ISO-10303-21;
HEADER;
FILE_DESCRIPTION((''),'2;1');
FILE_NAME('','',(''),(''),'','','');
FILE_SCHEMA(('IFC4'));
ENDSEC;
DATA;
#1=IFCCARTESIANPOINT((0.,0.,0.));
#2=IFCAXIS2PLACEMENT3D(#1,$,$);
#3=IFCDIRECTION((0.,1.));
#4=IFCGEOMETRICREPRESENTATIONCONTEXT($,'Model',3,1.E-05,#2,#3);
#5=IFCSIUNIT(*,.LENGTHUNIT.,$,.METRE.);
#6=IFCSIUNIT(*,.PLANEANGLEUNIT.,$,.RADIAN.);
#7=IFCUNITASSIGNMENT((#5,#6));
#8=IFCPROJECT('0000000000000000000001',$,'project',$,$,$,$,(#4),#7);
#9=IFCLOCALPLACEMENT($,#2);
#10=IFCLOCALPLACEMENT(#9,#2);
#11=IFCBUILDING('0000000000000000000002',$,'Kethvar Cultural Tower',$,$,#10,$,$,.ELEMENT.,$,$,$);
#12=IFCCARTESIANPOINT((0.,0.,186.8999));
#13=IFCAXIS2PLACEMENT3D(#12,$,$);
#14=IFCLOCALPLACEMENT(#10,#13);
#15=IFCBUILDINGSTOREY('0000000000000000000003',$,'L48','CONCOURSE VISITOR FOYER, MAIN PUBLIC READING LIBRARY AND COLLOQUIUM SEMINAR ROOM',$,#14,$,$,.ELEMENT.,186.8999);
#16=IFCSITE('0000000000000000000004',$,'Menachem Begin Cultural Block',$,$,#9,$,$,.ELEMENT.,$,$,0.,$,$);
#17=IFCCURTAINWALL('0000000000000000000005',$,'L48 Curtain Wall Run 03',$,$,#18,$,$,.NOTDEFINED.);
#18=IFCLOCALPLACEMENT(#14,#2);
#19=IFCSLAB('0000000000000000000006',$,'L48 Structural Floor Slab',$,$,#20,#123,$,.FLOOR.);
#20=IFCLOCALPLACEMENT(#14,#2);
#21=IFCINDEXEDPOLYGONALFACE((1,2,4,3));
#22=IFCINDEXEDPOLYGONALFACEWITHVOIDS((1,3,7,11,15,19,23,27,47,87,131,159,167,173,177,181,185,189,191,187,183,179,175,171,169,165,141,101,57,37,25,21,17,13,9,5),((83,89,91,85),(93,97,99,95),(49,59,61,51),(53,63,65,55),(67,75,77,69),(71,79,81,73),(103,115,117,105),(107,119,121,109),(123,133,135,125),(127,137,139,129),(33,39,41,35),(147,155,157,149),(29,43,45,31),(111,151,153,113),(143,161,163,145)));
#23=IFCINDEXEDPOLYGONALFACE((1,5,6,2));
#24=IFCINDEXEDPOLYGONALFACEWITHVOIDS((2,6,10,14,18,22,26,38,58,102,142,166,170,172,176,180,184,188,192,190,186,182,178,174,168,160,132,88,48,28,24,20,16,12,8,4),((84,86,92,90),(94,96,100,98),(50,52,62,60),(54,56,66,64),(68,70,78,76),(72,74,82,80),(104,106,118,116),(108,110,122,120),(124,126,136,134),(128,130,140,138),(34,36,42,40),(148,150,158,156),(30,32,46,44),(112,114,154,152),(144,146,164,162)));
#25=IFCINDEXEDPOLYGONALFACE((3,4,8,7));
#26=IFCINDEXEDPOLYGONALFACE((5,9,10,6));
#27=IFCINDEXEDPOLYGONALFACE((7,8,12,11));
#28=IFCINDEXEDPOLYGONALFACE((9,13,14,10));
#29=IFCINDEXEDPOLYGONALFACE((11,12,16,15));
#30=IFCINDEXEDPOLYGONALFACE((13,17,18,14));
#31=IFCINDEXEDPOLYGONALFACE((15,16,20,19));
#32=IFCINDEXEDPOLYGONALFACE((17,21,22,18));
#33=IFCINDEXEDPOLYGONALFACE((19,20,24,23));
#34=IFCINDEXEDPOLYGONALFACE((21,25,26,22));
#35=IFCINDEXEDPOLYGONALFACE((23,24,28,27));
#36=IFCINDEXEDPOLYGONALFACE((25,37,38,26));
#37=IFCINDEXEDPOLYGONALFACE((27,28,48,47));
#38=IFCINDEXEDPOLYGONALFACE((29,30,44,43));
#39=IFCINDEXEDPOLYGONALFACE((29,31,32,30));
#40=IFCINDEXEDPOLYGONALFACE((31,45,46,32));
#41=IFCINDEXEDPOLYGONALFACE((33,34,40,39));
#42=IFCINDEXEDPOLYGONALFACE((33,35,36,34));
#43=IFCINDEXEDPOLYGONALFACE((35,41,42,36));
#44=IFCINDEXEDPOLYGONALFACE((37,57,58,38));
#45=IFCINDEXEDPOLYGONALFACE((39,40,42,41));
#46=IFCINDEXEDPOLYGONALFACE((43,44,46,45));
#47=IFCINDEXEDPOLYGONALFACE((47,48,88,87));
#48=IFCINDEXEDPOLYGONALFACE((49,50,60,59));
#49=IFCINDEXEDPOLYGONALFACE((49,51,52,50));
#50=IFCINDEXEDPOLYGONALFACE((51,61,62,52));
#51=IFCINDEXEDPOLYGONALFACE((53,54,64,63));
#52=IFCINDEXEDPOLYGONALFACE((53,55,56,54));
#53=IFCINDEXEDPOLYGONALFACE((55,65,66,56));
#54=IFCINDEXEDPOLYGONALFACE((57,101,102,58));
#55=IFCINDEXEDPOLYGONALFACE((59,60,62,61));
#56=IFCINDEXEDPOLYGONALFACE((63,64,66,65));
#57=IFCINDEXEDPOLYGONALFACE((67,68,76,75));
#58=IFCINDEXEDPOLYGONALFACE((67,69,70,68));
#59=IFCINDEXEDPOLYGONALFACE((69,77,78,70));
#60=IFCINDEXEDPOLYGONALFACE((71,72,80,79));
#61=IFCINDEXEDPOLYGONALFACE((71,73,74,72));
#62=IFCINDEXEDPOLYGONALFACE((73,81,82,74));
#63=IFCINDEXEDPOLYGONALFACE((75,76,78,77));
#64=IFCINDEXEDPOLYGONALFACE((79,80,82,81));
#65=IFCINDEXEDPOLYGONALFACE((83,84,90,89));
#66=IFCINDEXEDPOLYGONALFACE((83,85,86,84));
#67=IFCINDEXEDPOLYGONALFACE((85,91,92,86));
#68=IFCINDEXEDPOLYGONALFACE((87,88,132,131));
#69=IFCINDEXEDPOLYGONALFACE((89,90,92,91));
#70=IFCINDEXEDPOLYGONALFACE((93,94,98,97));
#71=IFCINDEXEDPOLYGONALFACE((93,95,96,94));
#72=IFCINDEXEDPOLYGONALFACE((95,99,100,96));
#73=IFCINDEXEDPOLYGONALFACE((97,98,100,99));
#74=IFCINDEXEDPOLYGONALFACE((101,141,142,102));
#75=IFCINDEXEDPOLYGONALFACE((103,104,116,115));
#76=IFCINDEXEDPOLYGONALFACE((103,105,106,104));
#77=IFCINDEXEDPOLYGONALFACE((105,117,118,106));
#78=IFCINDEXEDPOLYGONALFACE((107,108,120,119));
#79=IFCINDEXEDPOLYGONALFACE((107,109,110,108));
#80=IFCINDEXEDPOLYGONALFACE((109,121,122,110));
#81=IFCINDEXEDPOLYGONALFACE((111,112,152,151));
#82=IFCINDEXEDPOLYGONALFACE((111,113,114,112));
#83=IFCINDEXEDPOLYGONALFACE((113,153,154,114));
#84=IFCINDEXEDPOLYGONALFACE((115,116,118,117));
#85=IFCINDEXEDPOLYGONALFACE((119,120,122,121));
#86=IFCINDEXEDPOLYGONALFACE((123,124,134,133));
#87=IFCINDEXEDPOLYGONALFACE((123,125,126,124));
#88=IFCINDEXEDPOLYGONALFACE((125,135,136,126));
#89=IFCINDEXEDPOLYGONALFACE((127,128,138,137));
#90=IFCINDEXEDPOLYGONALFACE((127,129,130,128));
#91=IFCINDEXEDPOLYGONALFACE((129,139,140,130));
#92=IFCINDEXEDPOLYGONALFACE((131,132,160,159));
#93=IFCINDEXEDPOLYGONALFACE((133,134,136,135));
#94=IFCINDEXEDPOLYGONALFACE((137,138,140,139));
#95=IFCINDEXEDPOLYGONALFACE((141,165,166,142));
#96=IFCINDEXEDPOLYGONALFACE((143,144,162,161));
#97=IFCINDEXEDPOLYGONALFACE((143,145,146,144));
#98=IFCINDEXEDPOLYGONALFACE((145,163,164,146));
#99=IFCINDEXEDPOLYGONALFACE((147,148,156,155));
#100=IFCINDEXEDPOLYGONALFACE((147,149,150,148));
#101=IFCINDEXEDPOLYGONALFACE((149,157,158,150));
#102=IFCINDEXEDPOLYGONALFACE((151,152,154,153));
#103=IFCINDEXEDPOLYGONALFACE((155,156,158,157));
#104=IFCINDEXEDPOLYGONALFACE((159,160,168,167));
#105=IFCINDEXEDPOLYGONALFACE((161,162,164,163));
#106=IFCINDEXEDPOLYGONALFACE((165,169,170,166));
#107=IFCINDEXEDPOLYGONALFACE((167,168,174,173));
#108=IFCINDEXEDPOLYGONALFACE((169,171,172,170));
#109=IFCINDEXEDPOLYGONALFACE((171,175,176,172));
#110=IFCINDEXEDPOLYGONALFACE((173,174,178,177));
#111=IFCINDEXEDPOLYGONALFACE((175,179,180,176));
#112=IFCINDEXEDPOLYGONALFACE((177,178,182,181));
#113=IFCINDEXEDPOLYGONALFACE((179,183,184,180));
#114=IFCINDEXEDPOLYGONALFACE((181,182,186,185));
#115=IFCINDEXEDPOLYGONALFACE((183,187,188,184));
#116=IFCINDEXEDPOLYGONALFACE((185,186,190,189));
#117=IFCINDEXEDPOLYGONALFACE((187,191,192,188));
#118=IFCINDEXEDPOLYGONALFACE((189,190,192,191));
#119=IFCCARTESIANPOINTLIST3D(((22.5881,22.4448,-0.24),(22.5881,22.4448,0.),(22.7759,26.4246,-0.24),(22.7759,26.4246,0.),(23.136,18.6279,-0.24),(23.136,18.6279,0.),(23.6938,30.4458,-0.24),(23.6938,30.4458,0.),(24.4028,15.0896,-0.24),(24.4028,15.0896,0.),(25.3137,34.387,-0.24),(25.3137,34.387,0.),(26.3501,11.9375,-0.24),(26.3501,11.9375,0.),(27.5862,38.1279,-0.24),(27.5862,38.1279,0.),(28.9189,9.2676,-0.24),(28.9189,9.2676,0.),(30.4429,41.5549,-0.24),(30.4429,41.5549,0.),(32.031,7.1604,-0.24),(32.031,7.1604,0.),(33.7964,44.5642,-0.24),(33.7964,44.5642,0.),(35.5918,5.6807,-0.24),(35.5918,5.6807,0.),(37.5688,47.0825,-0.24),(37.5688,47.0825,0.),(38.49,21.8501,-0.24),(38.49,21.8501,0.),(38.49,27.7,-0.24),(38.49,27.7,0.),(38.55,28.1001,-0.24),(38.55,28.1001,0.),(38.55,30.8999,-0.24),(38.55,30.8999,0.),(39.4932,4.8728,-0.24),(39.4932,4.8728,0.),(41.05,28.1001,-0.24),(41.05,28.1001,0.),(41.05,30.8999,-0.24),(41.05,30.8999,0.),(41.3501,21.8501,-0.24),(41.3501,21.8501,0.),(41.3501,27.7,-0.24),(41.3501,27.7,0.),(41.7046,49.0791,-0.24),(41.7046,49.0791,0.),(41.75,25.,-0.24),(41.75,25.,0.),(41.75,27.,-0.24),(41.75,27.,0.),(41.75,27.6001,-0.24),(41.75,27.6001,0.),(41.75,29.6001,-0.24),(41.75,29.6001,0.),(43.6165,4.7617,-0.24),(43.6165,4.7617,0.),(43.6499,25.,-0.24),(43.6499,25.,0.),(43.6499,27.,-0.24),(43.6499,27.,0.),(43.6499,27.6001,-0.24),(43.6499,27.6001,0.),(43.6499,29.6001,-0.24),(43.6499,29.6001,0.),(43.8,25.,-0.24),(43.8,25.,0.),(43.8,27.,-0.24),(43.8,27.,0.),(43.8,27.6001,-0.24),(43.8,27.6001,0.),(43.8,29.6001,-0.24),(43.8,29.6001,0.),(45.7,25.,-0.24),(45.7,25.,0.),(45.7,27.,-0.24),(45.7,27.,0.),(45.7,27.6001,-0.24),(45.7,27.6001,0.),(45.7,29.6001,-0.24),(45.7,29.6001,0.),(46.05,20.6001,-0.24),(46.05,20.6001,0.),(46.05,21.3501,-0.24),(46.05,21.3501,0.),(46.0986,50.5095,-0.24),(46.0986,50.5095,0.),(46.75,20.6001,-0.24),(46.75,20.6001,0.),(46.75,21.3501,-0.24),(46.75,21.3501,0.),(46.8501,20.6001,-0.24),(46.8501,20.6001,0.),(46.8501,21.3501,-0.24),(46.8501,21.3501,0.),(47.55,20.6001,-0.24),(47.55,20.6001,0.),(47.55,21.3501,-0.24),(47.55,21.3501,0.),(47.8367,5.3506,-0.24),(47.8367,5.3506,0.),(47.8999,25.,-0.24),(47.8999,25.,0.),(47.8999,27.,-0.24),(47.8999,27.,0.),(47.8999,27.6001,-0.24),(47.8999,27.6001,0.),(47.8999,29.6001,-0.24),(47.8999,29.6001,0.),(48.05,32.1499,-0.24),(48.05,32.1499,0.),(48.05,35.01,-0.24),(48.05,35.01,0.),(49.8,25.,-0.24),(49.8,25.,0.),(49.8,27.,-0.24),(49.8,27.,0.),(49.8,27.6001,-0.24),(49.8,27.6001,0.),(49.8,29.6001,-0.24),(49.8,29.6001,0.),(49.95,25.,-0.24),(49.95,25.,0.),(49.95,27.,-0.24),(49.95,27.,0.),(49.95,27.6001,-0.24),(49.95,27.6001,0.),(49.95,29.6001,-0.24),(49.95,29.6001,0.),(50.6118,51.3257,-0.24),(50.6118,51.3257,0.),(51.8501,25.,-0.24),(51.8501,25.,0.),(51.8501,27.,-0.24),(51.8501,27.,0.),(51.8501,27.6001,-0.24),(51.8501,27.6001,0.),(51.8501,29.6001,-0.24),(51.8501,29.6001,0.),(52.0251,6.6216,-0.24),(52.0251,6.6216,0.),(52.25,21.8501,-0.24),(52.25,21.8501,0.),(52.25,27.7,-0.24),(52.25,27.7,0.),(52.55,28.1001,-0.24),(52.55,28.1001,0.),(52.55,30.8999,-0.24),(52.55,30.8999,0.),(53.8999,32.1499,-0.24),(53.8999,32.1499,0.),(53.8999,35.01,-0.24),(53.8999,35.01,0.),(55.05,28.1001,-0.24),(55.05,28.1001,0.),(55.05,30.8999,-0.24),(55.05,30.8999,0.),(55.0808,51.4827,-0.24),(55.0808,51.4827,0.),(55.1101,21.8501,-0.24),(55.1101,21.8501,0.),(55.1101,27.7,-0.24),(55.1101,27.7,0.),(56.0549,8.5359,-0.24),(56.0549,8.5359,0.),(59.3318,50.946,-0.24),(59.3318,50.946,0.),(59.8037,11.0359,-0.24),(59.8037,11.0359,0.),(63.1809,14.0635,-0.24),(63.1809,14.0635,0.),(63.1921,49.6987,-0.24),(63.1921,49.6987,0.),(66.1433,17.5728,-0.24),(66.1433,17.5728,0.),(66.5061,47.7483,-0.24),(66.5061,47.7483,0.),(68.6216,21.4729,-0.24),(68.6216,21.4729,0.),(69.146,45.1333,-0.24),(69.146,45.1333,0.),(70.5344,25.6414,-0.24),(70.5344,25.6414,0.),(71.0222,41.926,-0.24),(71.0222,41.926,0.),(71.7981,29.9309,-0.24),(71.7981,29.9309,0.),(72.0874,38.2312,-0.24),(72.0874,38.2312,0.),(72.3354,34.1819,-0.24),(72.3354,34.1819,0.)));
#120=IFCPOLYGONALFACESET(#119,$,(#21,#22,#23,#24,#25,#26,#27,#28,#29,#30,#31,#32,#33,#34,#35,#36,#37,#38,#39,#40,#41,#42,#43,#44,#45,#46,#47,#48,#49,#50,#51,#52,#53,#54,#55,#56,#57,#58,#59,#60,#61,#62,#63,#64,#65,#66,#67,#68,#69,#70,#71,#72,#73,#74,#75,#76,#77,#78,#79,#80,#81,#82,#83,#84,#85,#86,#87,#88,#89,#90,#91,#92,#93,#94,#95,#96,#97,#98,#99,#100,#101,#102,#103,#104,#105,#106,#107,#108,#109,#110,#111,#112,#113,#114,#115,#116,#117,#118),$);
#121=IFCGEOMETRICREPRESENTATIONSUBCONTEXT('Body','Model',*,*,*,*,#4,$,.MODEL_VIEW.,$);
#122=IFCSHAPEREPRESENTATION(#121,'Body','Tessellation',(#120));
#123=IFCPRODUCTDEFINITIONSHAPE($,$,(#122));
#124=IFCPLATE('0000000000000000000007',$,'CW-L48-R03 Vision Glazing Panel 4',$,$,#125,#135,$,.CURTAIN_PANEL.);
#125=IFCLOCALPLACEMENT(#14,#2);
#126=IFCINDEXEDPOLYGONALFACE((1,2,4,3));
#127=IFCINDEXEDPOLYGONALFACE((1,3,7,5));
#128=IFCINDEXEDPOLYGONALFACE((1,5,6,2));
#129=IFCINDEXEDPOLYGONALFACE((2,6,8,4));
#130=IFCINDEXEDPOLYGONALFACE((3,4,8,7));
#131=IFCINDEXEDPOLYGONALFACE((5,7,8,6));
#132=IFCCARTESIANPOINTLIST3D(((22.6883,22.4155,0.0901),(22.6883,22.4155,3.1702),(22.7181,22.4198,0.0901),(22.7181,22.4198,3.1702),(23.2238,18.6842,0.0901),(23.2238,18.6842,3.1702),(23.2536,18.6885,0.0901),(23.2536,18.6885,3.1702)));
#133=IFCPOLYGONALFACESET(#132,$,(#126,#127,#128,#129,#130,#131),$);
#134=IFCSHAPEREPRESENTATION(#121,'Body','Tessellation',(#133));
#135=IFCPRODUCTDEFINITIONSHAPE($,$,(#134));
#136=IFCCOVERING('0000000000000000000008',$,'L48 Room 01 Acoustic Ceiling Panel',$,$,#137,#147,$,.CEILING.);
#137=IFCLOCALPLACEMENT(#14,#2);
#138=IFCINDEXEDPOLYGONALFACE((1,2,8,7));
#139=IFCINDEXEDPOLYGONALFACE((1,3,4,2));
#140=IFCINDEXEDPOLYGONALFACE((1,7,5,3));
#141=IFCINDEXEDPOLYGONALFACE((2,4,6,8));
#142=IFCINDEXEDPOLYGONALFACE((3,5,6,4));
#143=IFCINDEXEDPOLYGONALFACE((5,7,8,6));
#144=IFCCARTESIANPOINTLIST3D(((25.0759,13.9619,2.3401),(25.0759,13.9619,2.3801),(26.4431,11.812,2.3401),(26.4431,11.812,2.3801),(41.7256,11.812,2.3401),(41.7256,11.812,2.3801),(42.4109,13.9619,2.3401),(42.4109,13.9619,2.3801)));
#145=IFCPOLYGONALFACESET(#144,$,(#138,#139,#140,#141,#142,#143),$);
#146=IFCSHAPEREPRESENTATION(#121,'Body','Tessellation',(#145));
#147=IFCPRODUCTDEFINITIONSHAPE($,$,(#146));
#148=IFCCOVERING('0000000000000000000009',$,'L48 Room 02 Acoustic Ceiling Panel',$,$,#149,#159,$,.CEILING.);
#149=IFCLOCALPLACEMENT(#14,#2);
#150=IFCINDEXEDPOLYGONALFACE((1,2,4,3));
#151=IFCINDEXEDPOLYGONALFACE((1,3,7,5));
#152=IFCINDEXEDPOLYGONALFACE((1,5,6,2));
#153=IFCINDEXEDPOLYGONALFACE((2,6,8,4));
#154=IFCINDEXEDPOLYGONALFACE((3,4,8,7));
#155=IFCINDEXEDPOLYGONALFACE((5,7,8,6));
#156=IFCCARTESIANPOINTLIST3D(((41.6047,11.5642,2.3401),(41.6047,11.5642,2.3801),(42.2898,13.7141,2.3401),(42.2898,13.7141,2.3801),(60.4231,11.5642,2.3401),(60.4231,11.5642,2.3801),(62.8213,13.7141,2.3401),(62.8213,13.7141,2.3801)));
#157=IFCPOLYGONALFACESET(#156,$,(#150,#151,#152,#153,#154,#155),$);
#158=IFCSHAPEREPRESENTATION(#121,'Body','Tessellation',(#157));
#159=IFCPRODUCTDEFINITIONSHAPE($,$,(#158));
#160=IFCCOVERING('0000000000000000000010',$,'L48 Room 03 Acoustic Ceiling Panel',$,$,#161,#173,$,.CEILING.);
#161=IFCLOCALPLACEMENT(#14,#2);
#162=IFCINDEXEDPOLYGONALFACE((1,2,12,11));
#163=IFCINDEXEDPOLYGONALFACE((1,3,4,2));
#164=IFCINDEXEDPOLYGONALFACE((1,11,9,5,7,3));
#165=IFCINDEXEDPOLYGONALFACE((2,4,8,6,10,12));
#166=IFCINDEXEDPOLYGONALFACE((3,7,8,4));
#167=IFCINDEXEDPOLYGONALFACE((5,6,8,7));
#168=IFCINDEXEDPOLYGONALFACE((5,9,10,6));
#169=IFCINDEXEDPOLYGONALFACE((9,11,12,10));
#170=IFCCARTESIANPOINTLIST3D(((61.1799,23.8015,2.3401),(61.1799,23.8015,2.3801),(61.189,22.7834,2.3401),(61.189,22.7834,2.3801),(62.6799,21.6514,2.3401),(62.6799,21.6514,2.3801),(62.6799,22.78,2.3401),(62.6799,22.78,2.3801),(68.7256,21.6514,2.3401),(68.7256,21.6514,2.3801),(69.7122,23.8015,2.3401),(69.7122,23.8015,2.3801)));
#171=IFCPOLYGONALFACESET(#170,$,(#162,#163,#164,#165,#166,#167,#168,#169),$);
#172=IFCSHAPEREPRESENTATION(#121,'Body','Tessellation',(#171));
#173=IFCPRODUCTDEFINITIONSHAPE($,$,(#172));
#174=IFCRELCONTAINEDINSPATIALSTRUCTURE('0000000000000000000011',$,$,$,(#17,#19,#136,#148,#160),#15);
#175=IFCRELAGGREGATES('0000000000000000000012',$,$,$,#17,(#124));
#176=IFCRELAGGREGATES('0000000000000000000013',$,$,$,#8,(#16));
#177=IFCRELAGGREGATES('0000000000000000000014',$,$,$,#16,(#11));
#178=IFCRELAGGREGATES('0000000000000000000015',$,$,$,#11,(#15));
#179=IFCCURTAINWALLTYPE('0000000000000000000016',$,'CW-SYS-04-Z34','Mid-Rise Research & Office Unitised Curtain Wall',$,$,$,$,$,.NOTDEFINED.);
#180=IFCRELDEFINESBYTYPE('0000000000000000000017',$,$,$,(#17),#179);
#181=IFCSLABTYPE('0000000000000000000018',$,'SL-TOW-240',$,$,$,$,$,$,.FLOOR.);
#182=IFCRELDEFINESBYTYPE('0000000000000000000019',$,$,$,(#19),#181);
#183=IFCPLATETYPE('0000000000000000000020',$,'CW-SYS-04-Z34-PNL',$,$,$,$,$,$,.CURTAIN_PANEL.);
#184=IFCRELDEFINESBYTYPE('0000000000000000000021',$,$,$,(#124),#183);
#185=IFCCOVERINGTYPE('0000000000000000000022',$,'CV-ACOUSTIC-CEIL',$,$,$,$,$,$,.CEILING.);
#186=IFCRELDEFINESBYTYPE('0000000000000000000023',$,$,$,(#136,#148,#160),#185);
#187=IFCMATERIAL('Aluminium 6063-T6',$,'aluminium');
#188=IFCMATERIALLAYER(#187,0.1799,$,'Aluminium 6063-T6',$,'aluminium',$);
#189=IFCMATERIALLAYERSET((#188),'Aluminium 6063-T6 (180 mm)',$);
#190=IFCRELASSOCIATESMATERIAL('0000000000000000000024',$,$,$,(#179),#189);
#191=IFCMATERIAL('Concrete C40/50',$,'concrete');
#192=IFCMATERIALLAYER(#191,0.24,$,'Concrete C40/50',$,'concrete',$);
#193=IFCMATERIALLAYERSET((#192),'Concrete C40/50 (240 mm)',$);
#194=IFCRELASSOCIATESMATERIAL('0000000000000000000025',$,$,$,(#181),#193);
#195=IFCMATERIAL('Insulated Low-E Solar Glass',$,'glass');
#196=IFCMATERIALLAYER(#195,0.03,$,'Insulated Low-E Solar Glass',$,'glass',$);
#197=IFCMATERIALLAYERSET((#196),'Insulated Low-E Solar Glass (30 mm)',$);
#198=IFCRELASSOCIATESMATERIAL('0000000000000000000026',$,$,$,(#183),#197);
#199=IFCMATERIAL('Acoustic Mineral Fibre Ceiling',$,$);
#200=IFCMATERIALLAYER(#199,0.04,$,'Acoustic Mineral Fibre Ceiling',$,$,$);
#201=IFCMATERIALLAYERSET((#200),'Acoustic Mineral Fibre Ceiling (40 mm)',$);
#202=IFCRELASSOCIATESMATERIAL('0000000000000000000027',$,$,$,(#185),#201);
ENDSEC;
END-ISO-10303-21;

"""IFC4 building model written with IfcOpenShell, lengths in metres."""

from ifc_helpers import new_model, si_unit, direction, frame, origin, origin_2d, place, context, subcontext, project, spatial, polyline, rectangle, outline, extrude, source, transform, mapped, material, layer, layer_set, type_object, element, aggregate, save


model = new_model("IFC4")

# Units and contexts
model_context = context("Model", 3, precision=1e-05, world=origin(), true_north=direction((0.0, 1.0)))
body_context = subcontext(model_context, "Body", "Model", "MODEL_VIEW")
ifc_project = project(units=[si_unit("LENGTHUNIT", "METRE"), si_unit("PLANEANGLEUNIT", "RADIAN")], contexts=[model_context])

# Site, building, storey
site_placement = place(None, origin())
site = spatial("IfcSite", under=ifc_project, at=site_placement, Name="Menachem Begin Cultural Block", CompositionType="ELEMENT", RefElevation=0.0)
building_placement = place(site_placement, origin())
building = spatial("IfcBuilding", under=site, at=building_placement, Name="Kethvar Cultural Tower", CompositionType="ELEMENT")
storey_placement = place(building_placement, frame((0.0, 0.0, 186.8999)))
storey = spatial("IfcBuildingStorey", under=building, at=storey_placement, Name="L48", Description="CONCOURSE VISITOR FOYER, MAIN PUBLIC READING LIBRARY AND COLLOQUIUM SEMINAR ROOM", CompositionType="ELEMENT", Elevation=186.8999)

# Curtain wall
ifc_material_1 = material(Name="Aluminium 6063-T6", Category="aluminium")
ifc_layer_1 = layer(ifc_material_1, 0.1799, Name="Aluminium 6063-T6", Category="aluminium")
ifc_layer_set_1 = layer_set([ifc_layer_1], Name="Aluminium 6063-T6 (180 mm)")
curtain_wall_type = type_object("IfcCurtainWallType", Name="CW-SYS-04-Z34", Description="Mid-Rise Research & Office Unitised Curtain Wall", PredefinedType="NOTDEFINED", material=ifc_layer_set_1)
curtain_wall_placement = place(storey_placement, origin())
curtain_wall = element("IfcCurtainWall", 1, at=curtain_wall_placement, inside=storey, type_object=curtain_wall_type, Name="L48 Curtain Wall Run 03", PredefinedType="NOTDEFINED")

# Shared definitions
ifc_material_2 = material(Name="Concrete C40/50", Category="concrete")

# Slab
ifc_layer_2 = layer(ifc_material_2, 0.24, Name="Concrete C40/50", Category="concrete")
ifc_layer_set_2 = layer_set([ifc_layer_2], Name="Concrete C40/50 (240 mm)")
slab_type_1 = type_object("IfcSlabType", Name="SL-TOW-240", PredefinedType="FLOOR", material=ifc_layer_set_2)
slab_1_placement = place(storey_placement, frame((0.0, 0.0, -0.24)))
element("IfcSlab", 2, at=slab_1_placement, inside=storey, type_object=slab_type_1, Name="L48 Structural Floor Slab", PredefinedType="FLOOR", context=body_context, shape_type="SweptSolid", body=[
    extrude(outline(polyline([(69.146, 45.1333), (66.5061, 47.7483), (63.1921, 49.6987), (59.3318, 50.946), (55.0808, 51.4827), (50.6118, 51.3257), (46.0986, 50.5095), (41.7046, 49.0791), (37.5688, 47.0825), (33.7964, 44.5642), (30.4429, 41.5549), (27.5862, 38.1279), (25.3137, 34.387), (23.6938, 30.4458), (22.7759, 26.4246), (22.5881, 22.4448), (23.136, 18.6279), (24.4028, 15.0896), (26.3501, 11.9375), (28.9189, 9.2676), (32.031, 7.1604), (35.5918, 5.6807), (39.4932, 4.8728), (43.6165, 4.7617), (47.8367, 5.3506), (52.0251, 6.6216), (56.0549, 8.5359), (59.8037, 11.0359), (63.1809, 14.0635), (66.1433, 17.5728), (68.6216, 21.4729), (70.5344, 25.6414), (71.7981, 29.9309), (72.3354, 34.1819), (72.0874, 38.2312), (71.0222, 41.926), (69.146, 45.1333)]), holes=[polyline([(38.49, 21.8501), (38.49, 27.7), (41.3501, 27.7), (41.3501, 21.8501), (38.49, 21.8501)]), polyline([(52.25, 21.8501), (52.25, 27.7), (55.1101, 27.7), (55.1101, 21.8501), (52.25, 21.8501)]), polyline([(53.8999, 32.1499), (48.05, 32.1499), (48.05, 35.01), (53.8999, 35.01), (53.8999, 32.1499)]), polyline([(41.75, 27.0), (43.6499, 27.0), (43.6499, 25.0), (41.75, 25.0), (41.75, 27.0)]), polyline([(43.8, 27.0), (45.7, 27.0), (45.7, 25.0), (43.8, 25.0), (43.8, 27.0)]), polyline([(47.8999, 27.0), (49.8, 27.0), (49.8, 25.0), (47.8999, 25.0), (47.8999, 27.0)]), polyline([(49.95, 27.0), (51.8501, 27.0), (51.8501, 25.0), (49.95, 25.0), (49.95, 27.0)]), polyline([(41.75, 29.6001), (43.6499, 29.6001), (43.6499, 27.6001), (41.75, 27.6001), (41.75, 29.6001)]), polyline([(43.8, 29.6001), (45.7, 29.6001), (45.7, 27.6001), (43.8, 27.6001), (43.8, 29.6001)]), polyline([(47.8999, 29.6001), (49.8, 29.6001), (49.8, 27.6001), (47.8999, 27.6001), (47.8999, 29.6001)]), polyline([(49.95, 29.6001), (51.8501, 29.6001), (51.8501, 27.6001), (49.95, 27.6001), (49.95, 29.6001)]), polyline([(38.55, 30.8999), (41.05, 30.8999), (41.05, 28.1001), (38.55, 28.1001), (38.55, 30.8999)]), polyline([(52.55, 30.8999), (55.05, 30.8999), (55.05, 28.1001), (52.55, 28.1001), (52.55, 30.8999)]), polyline([(46.05, 21.3501), (46.75, 21.3501), (46.75, 20.6001), (46.05, 20.6001), (46.05, 21.3501)]), polyline([(46.8501, 21.3501), (47.55, 21.3501), (47.55, 20.6001), (46.8501, 20.6001), (46.8501, 21.3501)])]), origin(), (0.0, 0.0, 1.0), 0.24),
])

# Plate
ifc_material_3 = material(Name="Insulated Low-E Solar Glass", Category="glass")
ifc_layer_3 = layer(ifc_material_3, 0.03, Name="Insulated Low-E Solar Glass", Category="glass")
ifc_layer_set_3 = layer_set([ifc_layer_3], Name="Insulated Low-E Solar Glass (30 mm)")
plate_type = type_object("IfcPlateType", Name="CW-SYS-04-Z34-PNL", PredefinedType="CURTAIN_PANEL", material=ifc_layer_set_3)
shared_shape_1 = source(origin(), body_context, "Body", "SweptSolid", [
    extrude(rectangle(XDim=3.7695, YDim=0.03, at=origin_2d()), origin(), (0.0, 0.0, 1.0), 3.0801),
])
plate_placement = place(storey_placement, frame((22.9709, 20.552, 0.0901), z_axis=(0.0, 0.0, 1.0), x_axis=(0.142059, -0.989858, 0.0)))
plate = element("IfcPlate", 3, at=plate_placement, type_object=plate_type, Name="CW-L48-R03 Vision Glazing Panel 4", PredefinedType="CURTAIN_PANEL", context=body_context, shape_type="MappedRepresentation", body=[
    mapped(shared_shape_1, transform((0.0, 0.0, 0.0), scale=1.0)),
])
aggregate(curtain_wall, [plate])

# Coverings
ifc_material_4 = material(Name="Acoustic Mineral Fibre Ceiling")
ifc_layer_4 = layer(ifc_material_4, 0.04, Name="Acoustic Mineral Fibre Ceiling")
ifc_layer_set_4 = layer_set([ifc_layer_4], Name="Acoustic Mineral Fibre Ceiling (40 mm)")
covering_type_1 = type_object("IfcCoveringType", Name="CV-ACOUSTIC-CEIL", PredefinedType="CEILING", material=ifc_layer_set_4)
covering_1_placement = place(storey_placement, frame((0.0, 0.0, 2.3401)))
element("IfcCovering", 4, at=covering_1_placement, inside=storey, type_object=covering_type_1, Name="L48 Room 01 Acoustic Ceiling Panel", PredefinedType="CEILING", context=body_context, shape_type="SweptSolid", body=[
    extrude(outline(polyline([(26.4431, 11.812), (25.0759, 13.9619), (42.4109, 13.9619), (41.7256, 11.812), (26.4431, 11.812)])), origin(), (0.0, 0.0, 1.0), 0.04),
])
covering_2_placement = place(storey_placement, frame((0.0, 0.0, 2.3401)))
element("IfcCovering", 5, at=covering_2_placement, inside=storey, type_object=covering_type_1, Name="L48 Room 02 Acoustic Ceiling Panel", PredefinedType="CEILING", context=body_context, shape_type="SweptSolid", body=[
    extrude(outline(polyline([(60.4231, 11.5642), (41.6047, 11.5642), (42.2898, 13.7141), (62.8213, 13.7141), (60.4231, 11.5642)])), origin(), (0.0, 0.0, 1.0), 0.04),
])
covering_3_placement = place(storey_placement, frame((0.0, 0.0, 2.3401)))
element("IfcCovering", 6, at=covering_3_placement, inside=storey, type_object=covering_type_1, Name="L48 Room 03 Acoustic Ceiling Panel", PredefinedType="CEILING", context=body_context, shape_type="SweptSolid", body=[
    extrude(outline(polyline([(62.6799, 22.78), (61.189, 22.7834), (61.1799, 23.8015), (69.7122, 23.8015), (68.7256, 21.6514), (62.6799, 21.6514), (62.6799, 22.78)])), origin(), (0.0, 0.0, 1.0), 0.04),
])

save(model, "model.ifc")
